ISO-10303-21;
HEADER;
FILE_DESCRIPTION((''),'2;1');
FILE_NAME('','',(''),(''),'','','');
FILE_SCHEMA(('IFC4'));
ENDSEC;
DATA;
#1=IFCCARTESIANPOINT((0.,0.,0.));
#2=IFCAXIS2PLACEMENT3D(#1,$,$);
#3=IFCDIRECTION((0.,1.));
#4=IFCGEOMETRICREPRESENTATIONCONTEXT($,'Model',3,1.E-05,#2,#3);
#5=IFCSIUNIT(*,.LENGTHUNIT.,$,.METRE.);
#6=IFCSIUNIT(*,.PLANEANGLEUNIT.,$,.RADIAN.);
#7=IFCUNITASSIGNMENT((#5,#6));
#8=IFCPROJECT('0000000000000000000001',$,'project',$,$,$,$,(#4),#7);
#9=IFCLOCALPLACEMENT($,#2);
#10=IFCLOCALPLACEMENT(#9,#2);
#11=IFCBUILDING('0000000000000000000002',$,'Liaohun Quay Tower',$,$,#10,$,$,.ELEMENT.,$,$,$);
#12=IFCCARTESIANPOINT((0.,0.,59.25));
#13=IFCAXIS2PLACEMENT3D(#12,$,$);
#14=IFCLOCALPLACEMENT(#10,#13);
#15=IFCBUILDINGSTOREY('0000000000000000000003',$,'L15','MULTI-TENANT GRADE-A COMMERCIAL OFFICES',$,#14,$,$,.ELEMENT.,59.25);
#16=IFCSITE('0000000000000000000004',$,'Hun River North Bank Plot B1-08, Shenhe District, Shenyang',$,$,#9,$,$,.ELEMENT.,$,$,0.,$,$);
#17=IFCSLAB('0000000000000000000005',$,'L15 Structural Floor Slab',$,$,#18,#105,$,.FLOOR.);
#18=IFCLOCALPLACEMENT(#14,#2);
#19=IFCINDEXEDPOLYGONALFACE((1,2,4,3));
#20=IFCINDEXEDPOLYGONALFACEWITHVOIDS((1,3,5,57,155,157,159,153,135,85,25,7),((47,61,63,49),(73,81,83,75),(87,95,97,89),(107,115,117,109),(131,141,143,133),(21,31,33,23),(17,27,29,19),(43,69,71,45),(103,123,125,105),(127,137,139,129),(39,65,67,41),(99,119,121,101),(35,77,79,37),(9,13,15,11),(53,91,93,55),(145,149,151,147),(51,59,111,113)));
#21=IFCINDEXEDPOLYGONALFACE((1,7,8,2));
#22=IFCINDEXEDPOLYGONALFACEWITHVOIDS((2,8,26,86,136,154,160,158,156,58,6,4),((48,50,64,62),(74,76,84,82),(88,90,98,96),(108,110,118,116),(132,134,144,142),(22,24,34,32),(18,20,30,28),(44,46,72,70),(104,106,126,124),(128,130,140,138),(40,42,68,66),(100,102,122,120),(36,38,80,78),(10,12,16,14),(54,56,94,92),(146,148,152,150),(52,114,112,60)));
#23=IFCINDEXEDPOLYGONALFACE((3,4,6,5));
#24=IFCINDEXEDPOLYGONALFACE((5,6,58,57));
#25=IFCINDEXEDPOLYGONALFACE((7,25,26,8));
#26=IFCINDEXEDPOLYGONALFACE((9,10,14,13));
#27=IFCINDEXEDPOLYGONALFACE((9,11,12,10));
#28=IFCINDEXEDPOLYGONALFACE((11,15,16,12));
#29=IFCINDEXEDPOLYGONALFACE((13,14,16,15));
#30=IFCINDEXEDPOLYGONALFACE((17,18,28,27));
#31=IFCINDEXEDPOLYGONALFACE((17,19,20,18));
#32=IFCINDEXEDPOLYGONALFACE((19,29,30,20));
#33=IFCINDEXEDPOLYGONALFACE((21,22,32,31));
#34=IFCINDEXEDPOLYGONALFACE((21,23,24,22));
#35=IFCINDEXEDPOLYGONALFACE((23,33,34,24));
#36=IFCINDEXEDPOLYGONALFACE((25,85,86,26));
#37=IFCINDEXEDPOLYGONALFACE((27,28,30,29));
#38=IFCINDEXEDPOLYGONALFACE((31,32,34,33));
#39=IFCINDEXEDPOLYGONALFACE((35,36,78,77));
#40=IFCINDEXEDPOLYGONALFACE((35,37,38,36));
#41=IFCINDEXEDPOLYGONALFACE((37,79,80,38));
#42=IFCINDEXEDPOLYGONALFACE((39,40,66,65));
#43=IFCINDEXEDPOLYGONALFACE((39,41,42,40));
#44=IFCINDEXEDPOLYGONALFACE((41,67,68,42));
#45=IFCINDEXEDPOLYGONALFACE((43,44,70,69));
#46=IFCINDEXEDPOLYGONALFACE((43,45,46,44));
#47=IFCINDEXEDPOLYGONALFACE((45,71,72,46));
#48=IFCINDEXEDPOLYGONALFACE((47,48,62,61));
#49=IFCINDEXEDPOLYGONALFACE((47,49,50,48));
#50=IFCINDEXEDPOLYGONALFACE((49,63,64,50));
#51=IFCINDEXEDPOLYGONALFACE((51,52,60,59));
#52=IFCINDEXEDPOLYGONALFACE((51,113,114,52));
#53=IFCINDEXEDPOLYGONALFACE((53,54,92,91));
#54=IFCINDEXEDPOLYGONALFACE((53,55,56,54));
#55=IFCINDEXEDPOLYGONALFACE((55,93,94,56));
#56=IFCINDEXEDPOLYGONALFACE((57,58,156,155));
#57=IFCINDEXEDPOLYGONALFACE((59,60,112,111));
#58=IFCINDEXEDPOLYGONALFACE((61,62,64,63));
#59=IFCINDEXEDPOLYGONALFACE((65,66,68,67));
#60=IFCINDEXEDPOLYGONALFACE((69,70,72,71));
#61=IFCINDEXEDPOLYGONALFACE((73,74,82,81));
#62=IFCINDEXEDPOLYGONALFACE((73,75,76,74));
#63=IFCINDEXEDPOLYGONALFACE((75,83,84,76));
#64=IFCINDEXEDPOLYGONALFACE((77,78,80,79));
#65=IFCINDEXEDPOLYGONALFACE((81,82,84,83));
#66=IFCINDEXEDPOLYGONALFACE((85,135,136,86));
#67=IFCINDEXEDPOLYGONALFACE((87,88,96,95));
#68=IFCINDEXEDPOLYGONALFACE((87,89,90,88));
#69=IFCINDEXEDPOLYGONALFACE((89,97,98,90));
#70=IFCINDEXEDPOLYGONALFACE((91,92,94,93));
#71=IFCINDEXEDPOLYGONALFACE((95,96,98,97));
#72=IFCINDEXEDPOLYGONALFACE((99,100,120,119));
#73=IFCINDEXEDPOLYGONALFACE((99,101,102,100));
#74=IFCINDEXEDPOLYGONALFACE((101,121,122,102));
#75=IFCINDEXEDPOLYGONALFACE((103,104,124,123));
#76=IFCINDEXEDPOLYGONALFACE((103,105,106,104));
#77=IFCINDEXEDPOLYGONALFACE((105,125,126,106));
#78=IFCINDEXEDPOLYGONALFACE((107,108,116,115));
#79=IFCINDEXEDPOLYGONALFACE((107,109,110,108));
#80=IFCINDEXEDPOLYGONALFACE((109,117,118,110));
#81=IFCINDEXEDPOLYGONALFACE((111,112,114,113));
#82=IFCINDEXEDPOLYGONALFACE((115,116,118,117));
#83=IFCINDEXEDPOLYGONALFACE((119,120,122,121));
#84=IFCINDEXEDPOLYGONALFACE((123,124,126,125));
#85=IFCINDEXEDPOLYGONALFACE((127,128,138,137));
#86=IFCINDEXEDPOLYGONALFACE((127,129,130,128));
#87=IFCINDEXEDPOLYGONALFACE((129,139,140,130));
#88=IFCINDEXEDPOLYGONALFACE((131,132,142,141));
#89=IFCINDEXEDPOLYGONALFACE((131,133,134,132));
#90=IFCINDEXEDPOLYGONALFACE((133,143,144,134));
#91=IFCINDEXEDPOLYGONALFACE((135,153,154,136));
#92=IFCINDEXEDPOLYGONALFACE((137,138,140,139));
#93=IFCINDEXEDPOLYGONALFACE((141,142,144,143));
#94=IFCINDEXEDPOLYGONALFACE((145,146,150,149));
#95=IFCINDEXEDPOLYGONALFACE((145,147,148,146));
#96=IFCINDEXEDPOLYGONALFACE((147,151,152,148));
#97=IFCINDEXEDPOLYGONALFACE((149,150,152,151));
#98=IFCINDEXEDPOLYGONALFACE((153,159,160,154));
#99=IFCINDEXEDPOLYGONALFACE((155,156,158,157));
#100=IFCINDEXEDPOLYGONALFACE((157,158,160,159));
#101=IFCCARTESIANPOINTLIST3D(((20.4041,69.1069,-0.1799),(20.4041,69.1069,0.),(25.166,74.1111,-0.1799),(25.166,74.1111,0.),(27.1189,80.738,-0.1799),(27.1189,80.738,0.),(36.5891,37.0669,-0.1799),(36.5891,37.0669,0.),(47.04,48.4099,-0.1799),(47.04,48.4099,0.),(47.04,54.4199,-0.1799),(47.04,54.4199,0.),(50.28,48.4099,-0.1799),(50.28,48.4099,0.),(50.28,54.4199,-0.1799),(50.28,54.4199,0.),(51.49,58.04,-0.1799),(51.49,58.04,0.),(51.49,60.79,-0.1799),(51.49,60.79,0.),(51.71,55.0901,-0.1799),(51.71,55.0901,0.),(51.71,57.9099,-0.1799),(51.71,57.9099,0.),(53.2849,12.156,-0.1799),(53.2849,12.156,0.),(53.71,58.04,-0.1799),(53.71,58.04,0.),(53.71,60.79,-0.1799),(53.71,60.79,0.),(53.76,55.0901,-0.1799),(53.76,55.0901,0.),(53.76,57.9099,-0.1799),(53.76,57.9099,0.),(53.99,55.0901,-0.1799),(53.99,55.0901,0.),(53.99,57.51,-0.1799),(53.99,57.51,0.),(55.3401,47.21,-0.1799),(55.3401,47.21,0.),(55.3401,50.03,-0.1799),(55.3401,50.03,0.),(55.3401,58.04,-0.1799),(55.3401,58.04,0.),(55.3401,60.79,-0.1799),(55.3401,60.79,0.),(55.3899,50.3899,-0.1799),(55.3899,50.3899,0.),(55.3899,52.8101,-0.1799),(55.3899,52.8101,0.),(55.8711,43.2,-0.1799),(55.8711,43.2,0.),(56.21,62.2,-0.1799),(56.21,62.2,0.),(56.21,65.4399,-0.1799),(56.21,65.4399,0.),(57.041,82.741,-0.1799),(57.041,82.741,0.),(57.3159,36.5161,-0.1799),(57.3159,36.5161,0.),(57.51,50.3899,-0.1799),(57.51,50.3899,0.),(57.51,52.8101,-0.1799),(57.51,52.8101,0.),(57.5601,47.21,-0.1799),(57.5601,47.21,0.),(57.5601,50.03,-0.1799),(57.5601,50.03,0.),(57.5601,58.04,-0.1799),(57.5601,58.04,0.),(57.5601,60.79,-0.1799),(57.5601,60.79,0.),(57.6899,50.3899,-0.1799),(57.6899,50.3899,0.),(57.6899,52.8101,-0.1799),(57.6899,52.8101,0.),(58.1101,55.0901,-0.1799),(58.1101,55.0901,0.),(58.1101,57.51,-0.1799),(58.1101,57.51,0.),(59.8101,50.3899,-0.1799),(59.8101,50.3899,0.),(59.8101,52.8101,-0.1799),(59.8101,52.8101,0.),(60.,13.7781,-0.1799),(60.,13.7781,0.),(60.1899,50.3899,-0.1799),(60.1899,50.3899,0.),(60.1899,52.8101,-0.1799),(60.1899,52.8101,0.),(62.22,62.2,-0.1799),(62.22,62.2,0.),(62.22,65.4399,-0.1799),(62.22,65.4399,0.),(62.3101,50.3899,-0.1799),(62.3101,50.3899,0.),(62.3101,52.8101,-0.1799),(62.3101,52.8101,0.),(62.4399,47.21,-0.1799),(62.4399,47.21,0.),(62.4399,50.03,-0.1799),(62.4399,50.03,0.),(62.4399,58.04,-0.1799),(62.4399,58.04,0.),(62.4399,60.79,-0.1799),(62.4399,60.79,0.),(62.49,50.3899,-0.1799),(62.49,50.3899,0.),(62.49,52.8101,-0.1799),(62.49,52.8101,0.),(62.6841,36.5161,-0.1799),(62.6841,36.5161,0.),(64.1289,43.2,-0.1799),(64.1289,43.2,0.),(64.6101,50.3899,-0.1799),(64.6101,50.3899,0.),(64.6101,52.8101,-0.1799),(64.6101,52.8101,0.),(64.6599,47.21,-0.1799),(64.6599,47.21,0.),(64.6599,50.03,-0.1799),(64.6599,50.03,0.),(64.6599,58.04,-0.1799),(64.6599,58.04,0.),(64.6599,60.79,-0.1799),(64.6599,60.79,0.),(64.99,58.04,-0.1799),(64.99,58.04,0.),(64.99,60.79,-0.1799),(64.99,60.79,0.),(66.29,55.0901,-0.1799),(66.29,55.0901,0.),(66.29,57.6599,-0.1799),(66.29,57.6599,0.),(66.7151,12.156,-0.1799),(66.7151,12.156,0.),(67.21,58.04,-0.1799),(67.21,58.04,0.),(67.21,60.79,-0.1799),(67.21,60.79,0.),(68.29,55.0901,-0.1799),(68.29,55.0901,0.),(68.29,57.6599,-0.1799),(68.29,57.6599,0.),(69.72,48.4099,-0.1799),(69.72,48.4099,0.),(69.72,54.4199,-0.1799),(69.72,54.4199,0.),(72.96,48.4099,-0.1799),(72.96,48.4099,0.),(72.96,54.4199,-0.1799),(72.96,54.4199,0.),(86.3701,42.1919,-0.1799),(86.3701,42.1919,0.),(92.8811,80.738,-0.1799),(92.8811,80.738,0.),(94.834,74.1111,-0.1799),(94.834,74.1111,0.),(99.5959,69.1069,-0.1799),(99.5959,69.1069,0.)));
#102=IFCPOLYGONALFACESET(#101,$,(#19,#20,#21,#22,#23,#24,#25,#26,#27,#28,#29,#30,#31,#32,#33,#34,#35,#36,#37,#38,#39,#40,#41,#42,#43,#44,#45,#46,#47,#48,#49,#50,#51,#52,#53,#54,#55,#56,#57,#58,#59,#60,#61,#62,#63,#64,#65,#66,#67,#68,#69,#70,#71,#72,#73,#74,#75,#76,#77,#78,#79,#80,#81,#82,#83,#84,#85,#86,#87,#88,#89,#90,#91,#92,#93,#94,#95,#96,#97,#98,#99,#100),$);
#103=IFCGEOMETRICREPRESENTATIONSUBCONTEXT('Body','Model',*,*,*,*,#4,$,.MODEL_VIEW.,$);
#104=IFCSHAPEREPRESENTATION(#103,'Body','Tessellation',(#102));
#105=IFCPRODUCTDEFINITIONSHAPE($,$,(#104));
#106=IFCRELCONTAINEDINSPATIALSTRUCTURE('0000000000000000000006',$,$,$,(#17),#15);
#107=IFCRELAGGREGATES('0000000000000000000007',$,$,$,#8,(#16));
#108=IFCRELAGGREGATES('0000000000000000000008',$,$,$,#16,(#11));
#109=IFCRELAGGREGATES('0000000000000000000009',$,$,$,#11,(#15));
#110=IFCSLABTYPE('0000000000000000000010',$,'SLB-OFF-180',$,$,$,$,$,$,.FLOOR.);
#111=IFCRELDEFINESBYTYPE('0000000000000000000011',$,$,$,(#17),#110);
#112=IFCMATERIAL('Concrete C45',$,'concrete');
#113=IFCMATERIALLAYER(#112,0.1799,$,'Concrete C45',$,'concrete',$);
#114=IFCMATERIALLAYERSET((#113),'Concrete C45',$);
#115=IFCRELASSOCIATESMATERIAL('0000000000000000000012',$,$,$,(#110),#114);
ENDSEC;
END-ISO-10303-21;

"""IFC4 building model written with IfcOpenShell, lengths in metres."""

from ifc_helpers import new_model, si_unit, direction, frame, origin, place, context, subcontext, project, spatial, polyline, outline, extrude, material, layer, layer_set, type_object, element, save


model = new_model("IFC4")

# Units and contexts
model_context = context("Model", 3, precision=1e-05, world=origin(), true_north=direction((0.0, 1.0)))
body_context = subcontext(model_context, "Body", "Model", "MODEL_VIEW")
ifc_project = project(units=[si_unit("LENGTHUNIT", "METRE"), si_unit("PLANEANGLEUNIT", "RADIAN")], contexts=[model_context])

# Site, building, storey
site_placement = place(None, origin())
site = spatial("IfcSite", under=ifc_project, at=site_placement, Name="Hun River North Bank Plot B1-08, Shenhe District, Shenyang", CompositionType="ELEMENT", RefElevation=0.0)
building_placement = place(site_placement, origin())
building = spatial("IfcBuilding", under=site, at=building_placement, Name="Liaohun Quay Tower", CompositionType="ELEMENT")
storey_placement = place(building_placement, frame((0.0, 0.0, 59.25)))
storey = spatial("IfcBuildingStorey", under=building, at=storey_placement, Name="L15", Description="MULTI-TENANT GRADE-A COMMERCIAL OFFICES", CompositionType="ELEMENT", Elevation=59.25)

# Shared definitions
ifc_material_1 = material(Name="Concrete C45", Category="concrete")

# Slab
ifc_layer_1 = layer(ifc_material_1, 0.1799, Name="Concrete C45", Category="concrete")
ifc_layer_set_1 = layer_set([ifc_layer_1], Name="Concrete C45")
slab_type_1 = type_object("IfcSlabType", Name="SLB-OFF-180", PredefinedType="FLOOR", material=ifc_layer_set_1)
slab_1_placement = place(storey_placement, frame((0.0, 0.0, -0.1799)))
element("IfcSlab", 1, at=slab_1_placement, inside=storey, type_object=slab_type_1, Name="L15 Structural Floor Slab", PredefinedType="FLOOR", context=body_context, shape_type="SweptSolid", body=[
    extrude(outline(polyline([(53.2849, 12.156), (60.0, 13.7781), (66.7151, 12.156), (86.3701, 42.1919), (99.5959, 69.1069), (94.834, 74.1111), (92.8811, 80.738), (57.041, 82.741), (27.1189, 80.738), (25.166, 74.1111), (20.4041, 69.1069), (36.5891, 37.0669), (53.2849, 12.156)]), holes=[polyline([(57.5601, 47.21), (57.5601, 50.03), (55.3401, 50.03), (55.3401, 47.21), (57.5601, 47.21)]), polyline([(50.28, 54.4199), (47.04, 54.4199), (47.04, 48.4099), (50.28, 48.4099), (50.28, 54.4199)]), polyline([(57.51, 50.3899), (57.51, 52.8101), (55.3899, 52.8101), (55.3899, 50.3899), (57.51, 50.3899)]), polyline([(59.8101, 50.3899), (59.8101, 52.8101), (57.6899, 52.8101), (57.6899, 50.3899), (59.8101, 50.3899)]), polyline([(58.1101, 57.51), (53.99, 57.51), (53.99, 55.0901), (58.1101, 55.0901), (58.1101, 57.51)]), polyline([(53.76, 55.0901), (53.76, 57.9099), (51.71, 57.9099), (51.71, 55.0901), (53.76, 55.0901)]), polyline([(51.49, 58.04), (53.71, 58.04), (53.71, 60.79), (51.49, 60.79), (51.49, 58.04)]), polyline([(55.3401, 58.04), (57.5601, 58.04), (57.5601, 60.79), (55.3401, 60.79), (55.3401, 58.04)]), polyline([(62.6841, 36.5161), (64.1289, 43.2), (55.8711, 43.2), (57.3159, 36.5161), (62.6841, 36.5161)]), polyline([(64.6599, 47.21), (64.6599, 50.03), (62.4399, 50.03), (62.4399, 47.21), (64.6599, 47.21)]), polyline([(72.96, 54.4199), (69.72, 54.4199), (69.72, 48.4099), (72.96, 48.4099), (72.96, 54.4199)]), polyline([(62.3101, 50.3899), (62.3101, 52.8101), (60.1899, 52.8101), (60.1899, 50.3899), (62.3101, 50.3899)]), polyline([(64.6101, 50.3899), (64.6101, 52.8101), (62.49, 52.8101), (62.49, 50.3899), (64.6101, 50.3899)]), polyline([(68.29, 55.0901), (68.29, 57.6599), (66.29, 57.6599), (66.29, 55.0901), (68.29, 55.0901)]), polyline([(64.6599, 58.04), (64.6599, 60.79), (62.4399, 60.79), (62.4399, 58.04), (64.6599, 58.04)]), polyline([(64.99, 58.04), (67.21, 58.04), (67.21, 60.79), (64.99, 60.79), (64.99, 58.04)]), polyline([(56.21, 62.2), (62.22, 62.2), (62.22, 65.4399), (56.21, 65.4399), (56.21, 62.2)])]), origin(), (0.0, 0.0, 1.0), 0.1799),
])

save(model, "model.ifc")
